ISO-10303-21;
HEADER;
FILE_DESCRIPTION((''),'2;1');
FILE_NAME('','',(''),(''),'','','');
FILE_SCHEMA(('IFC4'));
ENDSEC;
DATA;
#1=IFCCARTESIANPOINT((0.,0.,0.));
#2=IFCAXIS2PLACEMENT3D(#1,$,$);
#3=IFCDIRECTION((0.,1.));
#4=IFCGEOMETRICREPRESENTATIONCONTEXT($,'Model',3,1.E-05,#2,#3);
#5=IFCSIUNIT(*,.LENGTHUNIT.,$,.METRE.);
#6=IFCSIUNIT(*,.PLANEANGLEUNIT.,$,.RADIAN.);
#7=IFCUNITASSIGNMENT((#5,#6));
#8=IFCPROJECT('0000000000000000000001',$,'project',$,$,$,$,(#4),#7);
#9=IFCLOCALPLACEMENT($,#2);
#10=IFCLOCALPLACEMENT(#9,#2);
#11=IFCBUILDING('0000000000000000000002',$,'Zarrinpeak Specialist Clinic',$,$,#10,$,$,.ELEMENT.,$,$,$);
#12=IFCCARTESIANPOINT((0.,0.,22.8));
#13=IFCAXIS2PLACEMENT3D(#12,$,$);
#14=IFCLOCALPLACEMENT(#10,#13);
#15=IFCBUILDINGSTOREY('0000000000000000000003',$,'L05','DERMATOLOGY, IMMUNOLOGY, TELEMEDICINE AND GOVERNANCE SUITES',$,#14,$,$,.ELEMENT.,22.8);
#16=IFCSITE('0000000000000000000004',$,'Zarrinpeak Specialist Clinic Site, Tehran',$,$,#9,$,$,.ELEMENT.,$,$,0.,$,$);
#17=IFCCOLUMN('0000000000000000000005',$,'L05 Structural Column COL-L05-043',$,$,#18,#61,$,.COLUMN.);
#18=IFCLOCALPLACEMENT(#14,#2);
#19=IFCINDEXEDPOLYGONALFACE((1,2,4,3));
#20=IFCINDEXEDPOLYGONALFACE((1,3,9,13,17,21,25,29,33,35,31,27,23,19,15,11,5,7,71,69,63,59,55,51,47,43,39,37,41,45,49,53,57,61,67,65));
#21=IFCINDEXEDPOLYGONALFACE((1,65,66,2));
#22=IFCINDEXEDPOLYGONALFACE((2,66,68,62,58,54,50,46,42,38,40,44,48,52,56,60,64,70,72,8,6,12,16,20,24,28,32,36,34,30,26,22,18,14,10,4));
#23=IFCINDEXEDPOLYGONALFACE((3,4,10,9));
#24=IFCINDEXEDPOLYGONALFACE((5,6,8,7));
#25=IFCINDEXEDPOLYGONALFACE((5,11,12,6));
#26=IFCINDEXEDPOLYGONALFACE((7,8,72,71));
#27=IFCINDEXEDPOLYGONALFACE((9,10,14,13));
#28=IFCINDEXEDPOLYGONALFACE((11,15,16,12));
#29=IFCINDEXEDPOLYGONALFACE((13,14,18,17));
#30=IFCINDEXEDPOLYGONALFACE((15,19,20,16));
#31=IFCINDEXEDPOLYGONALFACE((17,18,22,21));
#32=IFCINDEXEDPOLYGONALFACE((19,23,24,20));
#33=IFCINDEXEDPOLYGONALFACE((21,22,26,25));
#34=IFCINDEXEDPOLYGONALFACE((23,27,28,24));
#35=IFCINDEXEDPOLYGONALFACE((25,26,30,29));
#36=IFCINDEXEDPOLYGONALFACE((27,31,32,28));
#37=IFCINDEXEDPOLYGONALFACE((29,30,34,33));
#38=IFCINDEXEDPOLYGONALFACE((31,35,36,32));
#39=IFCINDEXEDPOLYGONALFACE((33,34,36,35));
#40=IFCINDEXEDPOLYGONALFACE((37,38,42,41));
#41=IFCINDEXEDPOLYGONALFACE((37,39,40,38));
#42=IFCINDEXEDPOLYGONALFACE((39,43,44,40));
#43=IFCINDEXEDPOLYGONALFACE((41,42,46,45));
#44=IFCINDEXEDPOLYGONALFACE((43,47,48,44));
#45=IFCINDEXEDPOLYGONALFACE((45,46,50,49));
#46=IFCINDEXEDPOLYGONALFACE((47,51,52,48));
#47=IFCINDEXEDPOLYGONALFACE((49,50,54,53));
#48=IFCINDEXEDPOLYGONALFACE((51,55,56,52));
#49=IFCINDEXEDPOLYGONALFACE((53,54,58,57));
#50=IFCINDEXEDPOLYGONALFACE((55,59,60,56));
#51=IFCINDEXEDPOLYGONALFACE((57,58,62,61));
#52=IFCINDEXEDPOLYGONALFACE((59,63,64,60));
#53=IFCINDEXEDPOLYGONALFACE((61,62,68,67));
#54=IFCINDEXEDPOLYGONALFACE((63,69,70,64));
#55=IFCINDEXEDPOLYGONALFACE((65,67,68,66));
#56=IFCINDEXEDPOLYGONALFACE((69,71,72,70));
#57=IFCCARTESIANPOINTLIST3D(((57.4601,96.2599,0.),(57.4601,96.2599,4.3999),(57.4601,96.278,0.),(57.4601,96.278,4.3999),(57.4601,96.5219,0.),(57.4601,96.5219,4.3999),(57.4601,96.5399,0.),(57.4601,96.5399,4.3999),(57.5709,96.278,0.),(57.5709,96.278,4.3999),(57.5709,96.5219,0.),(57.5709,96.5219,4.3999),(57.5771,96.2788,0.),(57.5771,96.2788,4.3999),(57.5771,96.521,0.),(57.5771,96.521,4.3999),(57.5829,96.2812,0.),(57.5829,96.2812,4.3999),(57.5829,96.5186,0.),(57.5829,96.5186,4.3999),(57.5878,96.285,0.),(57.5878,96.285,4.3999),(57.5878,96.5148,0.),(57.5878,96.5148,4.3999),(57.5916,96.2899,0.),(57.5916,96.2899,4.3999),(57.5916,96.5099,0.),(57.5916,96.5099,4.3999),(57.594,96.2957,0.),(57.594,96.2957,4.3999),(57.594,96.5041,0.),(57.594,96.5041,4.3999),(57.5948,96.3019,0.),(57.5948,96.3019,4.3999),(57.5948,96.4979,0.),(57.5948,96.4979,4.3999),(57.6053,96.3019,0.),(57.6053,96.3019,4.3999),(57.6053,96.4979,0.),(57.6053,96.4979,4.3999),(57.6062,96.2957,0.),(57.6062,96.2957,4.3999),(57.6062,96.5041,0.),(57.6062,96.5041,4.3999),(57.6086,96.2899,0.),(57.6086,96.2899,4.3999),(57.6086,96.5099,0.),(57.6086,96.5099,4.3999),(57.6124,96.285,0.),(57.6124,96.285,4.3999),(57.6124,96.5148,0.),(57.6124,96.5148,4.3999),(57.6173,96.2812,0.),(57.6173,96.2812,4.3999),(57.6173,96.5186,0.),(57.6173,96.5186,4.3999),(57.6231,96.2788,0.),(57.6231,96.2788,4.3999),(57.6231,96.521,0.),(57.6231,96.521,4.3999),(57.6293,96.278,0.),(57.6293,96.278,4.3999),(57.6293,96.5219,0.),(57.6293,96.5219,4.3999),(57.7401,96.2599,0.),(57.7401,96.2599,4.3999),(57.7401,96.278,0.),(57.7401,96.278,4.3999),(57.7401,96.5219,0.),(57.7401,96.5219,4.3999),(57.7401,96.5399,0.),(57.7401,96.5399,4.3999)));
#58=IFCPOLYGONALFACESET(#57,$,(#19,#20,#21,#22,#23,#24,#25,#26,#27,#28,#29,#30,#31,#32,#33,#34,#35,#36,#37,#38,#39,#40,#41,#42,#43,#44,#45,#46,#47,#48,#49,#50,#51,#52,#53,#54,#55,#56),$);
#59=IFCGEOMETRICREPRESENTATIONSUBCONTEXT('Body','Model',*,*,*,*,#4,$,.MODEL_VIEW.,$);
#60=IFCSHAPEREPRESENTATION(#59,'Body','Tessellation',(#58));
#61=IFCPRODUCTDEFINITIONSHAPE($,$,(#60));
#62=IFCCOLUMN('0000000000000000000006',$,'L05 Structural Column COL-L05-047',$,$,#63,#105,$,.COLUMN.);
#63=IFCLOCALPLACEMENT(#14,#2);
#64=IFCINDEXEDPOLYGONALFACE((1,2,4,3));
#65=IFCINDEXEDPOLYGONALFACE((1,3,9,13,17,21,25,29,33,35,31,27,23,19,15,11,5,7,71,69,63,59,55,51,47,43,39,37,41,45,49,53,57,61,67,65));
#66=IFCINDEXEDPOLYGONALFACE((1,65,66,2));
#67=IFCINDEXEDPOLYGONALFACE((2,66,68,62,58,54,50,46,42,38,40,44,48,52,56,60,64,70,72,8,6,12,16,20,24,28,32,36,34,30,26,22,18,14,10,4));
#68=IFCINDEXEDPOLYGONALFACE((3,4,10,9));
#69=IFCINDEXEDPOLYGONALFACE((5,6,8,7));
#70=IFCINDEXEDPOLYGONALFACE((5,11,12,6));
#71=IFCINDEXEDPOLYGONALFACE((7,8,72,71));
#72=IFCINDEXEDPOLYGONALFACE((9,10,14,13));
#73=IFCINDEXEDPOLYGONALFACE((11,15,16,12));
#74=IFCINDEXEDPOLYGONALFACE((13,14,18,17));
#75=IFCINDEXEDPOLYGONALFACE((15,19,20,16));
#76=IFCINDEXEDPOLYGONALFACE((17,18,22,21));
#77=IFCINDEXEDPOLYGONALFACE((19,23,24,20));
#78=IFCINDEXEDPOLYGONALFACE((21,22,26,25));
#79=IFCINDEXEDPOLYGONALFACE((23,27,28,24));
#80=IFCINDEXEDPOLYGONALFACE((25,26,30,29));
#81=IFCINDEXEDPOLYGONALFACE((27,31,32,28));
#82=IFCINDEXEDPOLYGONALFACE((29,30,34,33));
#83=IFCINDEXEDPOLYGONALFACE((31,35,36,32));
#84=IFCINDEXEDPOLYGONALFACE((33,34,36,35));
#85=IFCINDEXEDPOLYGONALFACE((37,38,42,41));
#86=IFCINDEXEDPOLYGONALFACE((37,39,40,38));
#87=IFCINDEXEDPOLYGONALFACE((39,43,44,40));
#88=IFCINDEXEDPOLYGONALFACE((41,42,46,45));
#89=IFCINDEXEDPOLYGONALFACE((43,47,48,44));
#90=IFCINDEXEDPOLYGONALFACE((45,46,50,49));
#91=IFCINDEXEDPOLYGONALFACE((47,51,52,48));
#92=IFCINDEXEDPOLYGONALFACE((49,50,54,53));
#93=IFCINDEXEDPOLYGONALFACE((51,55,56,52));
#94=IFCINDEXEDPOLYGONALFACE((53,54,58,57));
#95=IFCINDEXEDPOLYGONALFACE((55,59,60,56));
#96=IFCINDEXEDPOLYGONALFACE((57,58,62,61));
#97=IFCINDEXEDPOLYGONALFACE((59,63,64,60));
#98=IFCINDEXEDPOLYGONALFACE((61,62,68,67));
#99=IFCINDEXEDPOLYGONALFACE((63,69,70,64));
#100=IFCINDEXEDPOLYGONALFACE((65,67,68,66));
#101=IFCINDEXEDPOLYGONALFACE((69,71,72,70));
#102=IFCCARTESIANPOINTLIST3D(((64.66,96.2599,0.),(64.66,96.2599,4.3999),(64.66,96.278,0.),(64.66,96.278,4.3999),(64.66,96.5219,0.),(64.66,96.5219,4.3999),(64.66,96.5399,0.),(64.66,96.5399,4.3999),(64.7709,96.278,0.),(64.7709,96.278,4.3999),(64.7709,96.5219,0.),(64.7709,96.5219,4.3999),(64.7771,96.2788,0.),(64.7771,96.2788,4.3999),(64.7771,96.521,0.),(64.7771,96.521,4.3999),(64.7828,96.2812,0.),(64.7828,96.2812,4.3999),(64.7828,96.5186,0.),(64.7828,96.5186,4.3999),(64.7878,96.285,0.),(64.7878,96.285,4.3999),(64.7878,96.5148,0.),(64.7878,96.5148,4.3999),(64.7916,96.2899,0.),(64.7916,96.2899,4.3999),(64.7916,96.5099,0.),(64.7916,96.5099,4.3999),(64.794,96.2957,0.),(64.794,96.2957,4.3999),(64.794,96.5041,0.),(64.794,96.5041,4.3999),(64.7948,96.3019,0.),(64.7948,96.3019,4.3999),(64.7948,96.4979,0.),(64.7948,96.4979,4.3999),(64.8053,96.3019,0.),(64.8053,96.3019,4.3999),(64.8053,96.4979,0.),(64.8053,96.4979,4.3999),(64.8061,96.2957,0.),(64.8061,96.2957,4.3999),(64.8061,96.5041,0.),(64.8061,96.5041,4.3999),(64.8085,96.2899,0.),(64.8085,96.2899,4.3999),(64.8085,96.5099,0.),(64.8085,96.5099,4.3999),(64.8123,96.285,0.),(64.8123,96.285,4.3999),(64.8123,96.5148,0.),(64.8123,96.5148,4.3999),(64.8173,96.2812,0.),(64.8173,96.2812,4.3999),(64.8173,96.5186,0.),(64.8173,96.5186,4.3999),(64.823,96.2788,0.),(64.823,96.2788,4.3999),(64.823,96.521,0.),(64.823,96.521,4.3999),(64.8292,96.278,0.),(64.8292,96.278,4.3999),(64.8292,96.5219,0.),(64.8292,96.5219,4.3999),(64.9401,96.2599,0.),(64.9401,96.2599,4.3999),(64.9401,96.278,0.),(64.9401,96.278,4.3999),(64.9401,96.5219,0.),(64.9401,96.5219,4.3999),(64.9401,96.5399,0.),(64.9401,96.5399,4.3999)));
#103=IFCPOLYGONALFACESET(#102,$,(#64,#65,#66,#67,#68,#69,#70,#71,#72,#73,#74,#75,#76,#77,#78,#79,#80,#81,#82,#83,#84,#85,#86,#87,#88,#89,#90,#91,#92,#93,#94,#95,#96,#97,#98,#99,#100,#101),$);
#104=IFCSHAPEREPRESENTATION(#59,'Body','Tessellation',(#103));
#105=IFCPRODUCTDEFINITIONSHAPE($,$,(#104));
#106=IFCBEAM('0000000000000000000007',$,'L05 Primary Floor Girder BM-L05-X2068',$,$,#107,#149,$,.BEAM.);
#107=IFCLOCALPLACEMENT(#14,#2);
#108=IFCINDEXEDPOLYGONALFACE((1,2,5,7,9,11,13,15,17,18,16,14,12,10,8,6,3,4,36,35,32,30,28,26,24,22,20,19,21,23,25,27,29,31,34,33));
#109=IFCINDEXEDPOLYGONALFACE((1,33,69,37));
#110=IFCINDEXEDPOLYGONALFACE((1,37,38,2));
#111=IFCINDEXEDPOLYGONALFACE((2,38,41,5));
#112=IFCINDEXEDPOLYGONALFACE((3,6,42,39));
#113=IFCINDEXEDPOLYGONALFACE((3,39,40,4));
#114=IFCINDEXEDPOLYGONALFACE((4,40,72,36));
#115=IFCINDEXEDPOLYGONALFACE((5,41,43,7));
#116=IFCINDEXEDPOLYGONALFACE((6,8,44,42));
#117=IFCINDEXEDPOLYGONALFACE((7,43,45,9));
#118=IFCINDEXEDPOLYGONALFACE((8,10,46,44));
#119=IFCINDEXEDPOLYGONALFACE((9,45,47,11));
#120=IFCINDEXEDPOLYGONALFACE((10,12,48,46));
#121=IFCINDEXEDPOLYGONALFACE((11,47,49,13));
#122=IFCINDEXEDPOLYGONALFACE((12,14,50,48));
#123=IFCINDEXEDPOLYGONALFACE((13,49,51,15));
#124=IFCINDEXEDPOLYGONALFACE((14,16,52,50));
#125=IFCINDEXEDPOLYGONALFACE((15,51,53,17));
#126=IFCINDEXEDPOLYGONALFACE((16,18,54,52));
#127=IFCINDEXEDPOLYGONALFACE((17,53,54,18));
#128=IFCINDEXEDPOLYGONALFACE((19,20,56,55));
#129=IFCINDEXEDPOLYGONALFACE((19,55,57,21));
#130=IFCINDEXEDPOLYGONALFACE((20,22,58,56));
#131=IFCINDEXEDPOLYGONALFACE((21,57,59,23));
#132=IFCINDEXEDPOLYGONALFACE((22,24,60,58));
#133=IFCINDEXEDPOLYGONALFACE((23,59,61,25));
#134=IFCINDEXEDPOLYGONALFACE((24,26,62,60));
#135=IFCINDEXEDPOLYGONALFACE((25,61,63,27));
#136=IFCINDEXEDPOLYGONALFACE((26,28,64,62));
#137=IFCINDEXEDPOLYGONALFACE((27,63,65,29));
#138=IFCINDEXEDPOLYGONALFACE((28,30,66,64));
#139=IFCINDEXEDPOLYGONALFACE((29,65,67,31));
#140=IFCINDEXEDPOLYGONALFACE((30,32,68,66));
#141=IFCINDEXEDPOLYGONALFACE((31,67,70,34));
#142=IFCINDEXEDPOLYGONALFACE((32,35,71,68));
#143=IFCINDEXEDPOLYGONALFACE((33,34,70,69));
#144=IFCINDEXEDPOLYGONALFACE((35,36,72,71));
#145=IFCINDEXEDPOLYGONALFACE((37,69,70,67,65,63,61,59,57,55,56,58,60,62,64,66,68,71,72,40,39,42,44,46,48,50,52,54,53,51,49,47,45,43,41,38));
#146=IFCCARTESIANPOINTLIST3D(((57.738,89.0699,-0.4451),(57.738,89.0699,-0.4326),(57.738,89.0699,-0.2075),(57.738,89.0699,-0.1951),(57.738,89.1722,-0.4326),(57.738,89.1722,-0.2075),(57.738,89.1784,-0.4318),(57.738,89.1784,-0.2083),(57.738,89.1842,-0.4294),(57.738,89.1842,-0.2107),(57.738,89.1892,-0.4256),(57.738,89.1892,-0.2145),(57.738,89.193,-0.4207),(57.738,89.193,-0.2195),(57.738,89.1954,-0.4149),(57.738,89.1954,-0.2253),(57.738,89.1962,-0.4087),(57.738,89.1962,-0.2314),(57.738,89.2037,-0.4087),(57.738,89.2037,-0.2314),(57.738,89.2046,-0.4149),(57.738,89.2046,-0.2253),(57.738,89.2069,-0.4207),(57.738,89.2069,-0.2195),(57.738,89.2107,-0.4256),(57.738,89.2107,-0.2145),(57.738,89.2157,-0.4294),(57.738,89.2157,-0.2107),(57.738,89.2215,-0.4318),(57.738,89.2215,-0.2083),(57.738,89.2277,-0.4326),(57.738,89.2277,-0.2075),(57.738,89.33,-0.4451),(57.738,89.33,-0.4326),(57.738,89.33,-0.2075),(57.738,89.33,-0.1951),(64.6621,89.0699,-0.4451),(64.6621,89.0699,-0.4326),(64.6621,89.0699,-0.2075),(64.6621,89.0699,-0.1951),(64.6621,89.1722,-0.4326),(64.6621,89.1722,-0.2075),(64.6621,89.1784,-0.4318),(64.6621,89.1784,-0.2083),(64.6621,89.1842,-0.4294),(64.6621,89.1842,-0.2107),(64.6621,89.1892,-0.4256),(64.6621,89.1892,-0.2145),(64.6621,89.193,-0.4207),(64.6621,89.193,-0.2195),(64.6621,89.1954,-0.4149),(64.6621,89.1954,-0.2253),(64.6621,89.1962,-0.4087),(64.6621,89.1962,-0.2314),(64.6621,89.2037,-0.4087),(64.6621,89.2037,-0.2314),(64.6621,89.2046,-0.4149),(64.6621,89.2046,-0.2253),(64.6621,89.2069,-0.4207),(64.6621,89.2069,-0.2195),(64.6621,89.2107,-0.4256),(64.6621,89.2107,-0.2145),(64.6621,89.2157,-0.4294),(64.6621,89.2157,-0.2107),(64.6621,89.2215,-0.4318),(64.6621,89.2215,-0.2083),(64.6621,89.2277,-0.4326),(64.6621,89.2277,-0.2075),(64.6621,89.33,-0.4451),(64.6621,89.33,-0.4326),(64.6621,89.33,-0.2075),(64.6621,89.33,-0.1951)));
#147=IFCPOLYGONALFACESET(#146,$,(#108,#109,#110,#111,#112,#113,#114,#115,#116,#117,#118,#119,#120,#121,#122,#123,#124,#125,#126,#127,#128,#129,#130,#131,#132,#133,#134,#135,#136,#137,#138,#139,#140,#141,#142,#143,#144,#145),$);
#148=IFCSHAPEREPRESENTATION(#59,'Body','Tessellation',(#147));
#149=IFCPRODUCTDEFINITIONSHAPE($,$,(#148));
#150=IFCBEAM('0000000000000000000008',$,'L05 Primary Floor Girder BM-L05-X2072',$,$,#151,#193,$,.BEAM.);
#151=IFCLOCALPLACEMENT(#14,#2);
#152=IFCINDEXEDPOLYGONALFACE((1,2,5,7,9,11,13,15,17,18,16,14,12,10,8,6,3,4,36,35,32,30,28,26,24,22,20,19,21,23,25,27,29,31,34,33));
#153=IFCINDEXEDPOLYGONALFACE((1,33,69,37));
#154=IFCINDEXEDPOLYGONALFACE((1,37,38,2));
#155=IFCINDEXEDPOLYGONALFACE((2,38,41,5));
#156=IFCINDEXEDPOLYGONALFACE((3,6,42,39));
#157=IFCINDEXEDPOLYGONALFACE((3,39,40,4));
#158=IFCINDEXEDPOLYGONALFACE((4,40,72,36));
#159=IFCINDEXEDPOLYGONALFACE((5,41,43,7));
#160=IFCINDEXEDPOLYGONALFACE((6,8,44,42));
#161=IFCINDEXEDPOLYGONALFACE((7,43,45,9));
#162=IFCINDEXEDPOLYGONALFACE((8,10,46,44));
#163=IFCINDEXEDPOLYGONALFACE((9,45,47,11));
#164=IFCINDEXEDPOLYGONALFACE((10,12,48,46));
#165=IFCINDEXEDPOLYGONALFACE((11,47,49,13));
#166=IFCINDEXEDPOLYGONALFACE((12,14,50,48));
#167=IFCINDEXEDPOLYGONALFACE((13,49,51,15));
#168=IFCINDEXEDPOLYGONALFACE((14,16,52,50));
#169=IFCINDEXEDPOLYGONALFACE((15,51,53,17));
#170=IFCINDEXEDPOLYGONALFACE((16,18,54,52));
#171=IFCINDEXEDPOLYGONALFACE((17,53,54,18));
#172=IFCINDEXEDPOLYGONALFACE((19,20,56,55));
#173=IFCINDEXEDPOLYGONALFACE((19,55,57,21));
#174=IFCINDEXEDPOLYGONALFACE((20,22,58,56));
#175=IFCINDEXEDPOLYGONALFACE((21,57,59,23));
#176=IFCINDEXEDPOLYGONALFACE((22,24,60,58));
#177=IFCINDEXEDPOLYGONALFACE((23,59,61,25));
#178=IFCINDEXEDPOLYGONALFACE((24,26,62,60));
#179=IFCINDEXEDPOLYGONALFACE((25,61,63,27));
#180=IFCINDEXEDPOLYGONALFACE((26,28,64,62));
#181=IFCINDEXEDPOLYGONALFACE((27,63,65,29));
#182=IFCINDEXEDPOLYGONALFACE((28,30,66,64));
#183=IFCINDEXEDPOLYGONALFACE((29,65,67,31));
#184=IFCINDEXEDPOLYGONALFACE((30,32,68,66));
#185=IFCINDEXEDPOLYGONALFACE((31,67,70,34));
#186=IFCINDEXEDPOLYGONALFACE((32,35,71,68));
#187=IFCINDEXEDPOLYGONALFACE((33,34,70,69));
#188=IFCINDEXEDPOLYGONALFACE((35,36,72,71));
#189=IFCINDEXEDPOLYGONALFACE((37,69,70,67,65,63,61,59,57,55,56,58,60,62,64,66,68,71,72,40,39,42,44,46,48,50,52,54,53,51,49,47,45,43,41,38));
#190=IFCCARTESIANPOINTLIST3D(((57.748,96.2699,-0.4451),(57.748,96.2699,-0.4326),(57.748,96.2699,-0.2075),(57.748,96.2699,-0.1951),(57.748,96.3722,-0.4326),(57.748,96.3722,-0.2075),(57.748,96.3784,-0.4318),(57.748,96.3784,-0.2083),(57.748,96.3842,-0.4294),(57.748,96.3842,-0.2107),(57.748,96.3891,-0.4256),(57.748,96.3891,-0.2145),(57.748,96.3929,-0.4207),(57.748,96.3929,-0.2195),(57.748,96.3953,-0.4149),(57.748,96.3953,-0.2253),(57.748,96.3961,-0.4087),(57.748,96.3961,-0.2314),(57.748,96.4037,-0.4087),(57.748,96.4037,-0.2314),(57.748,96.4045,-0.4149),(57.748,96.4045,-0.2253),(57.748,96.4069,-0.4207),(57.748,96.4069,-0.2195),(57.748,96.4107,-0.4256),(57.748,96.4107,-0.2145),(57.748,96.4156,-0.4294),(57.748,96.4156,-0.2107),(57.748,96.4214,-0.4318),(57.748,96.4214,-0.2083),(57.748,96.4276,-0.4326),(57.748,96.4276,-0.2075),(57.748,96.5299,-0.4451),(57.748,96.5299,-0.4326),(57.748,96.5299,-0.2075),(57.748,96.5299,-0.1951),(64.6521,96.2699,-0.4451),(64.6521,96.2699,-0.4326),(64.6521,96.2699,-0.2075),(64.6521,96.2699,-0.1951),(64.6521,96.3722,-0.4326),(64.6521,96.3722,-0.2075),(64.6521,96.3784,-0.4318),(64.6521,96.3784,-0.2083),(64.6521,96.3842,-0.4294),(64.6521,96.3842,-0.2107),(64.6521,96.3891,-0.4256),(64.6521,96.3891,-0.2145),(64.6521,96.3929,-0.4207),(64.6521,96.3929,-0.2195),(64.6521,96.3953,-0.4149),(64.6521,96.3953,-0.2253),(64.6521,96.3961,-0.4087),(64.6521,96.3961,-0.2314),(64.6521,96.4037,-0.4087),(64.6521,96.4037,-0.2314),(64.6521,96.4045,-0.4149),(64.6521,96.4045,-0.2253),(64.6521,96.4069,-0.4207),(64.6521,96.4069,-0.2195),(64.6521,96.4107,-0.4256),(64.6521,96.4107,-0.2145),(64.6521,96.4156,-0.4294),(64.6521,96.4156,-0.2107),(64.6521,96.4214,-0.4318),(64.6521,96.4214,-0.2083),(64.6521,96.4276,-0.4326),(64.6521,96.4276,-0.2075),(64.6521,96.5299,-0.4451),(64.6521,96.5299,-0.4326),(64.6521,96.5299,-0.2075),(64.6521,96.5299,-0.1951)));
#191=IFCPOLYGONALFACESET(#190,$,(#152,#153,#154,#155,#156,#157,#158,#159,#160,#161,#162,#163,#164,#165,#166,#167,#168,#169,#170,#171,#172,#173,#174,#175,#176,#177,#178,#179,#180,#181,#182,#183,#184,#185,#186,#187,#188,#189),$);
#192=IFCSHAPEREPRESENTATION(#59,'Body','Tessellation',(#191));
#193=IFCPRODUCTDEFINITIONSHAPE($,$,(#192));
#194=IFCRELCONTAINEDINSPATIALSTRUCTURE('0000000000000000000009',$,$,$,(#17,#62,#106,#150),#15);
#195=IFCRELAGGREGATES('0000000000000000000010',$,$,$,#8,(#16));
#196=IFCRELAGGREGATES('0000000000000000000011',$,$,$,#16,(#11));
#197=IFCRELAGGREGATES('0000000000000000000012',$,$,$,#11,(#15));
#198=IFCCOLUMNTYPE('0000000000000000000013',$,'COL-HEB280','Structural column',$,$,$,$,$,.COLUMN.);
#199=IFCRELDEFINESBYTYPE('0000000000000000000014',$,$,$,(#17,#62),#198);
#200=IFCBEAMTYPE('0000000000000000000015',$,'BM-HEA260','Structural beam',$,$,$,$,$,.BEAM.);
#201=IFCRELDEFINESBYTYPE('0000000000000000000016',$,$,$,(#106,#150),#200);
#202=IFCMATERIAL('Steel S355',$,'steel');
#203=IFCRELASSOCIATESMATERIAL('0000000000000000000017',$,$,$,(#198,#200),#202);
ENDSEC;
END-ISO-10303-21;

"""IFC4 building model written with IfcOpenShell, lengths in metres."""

from ifc_helpers import new_model, si_unit, direction, frame, origin, origin_2d, place, context, subcontext, project, spatial, i_section, extrude, material, material_profile, profile_set, type_object, element, save


model = new_model("IFC4")

# Units and contexts
model_context = context("Model", 3, precision=1e-05, world=origin(), true_north=direction((0.0, 1.0)))
body_context = subcontext(model_context, "Body", "Model", "MODEL_VIEW")
ifc_project = project(units=[si_unit("LENGTHUNIT", "METRE"), si_unit("PLANEANGLEUNIT", "RADIAN")], contexts=[model_context])

# Site, building, storey
site_placement = place(None, origin())
site = spatial("IfcSite", under=ifc_project, at=site_placement, Name="Zarrinpeak Specialist Clinic Site, Tehran", CompositionType="ELEMENT", RefElevation=0.0)
building_placement = place(site_placement, origin())
building = spatial("IfcBuilding", under=site, at=building_placement, Name="Zarrinpeak Specialist Clinic", CompositionType="ELEMENT")
storey_placement = place(building_placement, frame((0.0, 0.0, 22.8)))
storey = spatial("IfcBuildingStorey", under=building, at=storey_placement, Name="L05", Description="DERMATOLOGY, IMMUNOLOGY, TELEMEDICINE AND GOVERNANCE SUITES", CompositionType="ELEMENT", Elevation=22.8)

# Columns
ifc_material_1 = material(Name="Steel S355", Category="steel")
ifc_material_profile_1 = material_profile(ifc_material_1, i_section(OverallWidth=0.28, OverallDepth=0.28, WebThickness=0.0105, FlangeThickness=0.0181, FilletRadius=0.0239, at=origin_2d()), Name="HEB 280")
ifc_profile_set_1 = profile_set([ifc_material_profile_1], Name="Steel S355")
column_type = type_object("IfcColumnType", Name="COL-HEB280", Description="Structural column", PredefinedType="COLUMN", material=ifc_profile_set_1)
for number, where, z_axis, x_axis, name in (
    (1, (57.6001, 96.3999, 0.0), (0.0, 0.0, 1.0), (1.0, 0.0, 0.0), "L05 Structural Column COL-L05-043"),
    (2, (64.8, 96.3999, 0.0), (0.0, 0.0, 1.0), (1.0, 0.0, 0.0), "L05 Structural Column COL-L05-047"),
):
    element("IfcColumn", number, at=place(storey_placement, frame(where, z_axis=z_axis, x_axis=x_axis)), inside=storey, type_object=column_type, Name=name, PredefinedType="COLUMN", context=body_context, shape_type="SweptSolid", body=[
        extrude(i_section(OverallWidth=0.28, OverallDepth=0.28, WebThickness=0.0105, FlangeThickness=0.0181, FilletRadius=0.0239, at=origin_2d()), origin(), (0.0, 0.0, 1.0), 4.3999),
    ])

# Beams
ifc_material_profile_2 = material_profile(ifc_material_1, i_section(OverallWidth=0.26, OverallDepth=0.25, WebThickness=0.0076, FlangeThickness=0.0125, FilletRadius=0.0239, at=origin_2d()), Name="HEA 260")
ifc_profile_set_2 = profile_set([ifc_material_profile_2], Name="Steel S355")
beam_type_1 = type_object("IfcBeamType", Name="BM-HEA260", Description="Structural beam", PredefinedType="BEAM", material=ifc_profile_set_2)
beam_1_placement = place(storey_placement, frame((57.738, 89.2, -0.3201), z_axis=(1.0, 0.0, 0.0), x_axis=(0.0, 1.0, 0.0)))
element("IfcBeam", 3, at=beam_1_placement, inside=storey, type_object=beam_type_1, Name="L05 Primary Floor Girder BM-L05-X2068", PredefinedType="BEAM", context=body_context, shape_type="SweptSolid", body=[
    extrude(i_section(OverallWidth=0.26, OverallDepth=0.25, WebThickness=0.0076, FlangeThickness=0.0125, FilletRadius=0.0239, at=origin_2d()), origin(), (0.0, 0.0, 1.0), 6.9241),
])
beam_2_placement = place(storey_placement, frame((57.748, 96.3999, -0.3201), z_axis=(1.0, 0.0, 0.0), x_axis=(0.0, 1.0, 0.0)))
element("IfcBeam", 4, at=beam_2_placement, inside=storey, type_object=beam_type_1, Name="L05 Primary Floor Girder BM-L05-X2072", PredefinedType="BEAM", context=body_context, shape_type="SweptSolid", body=[
    extrude(i_section(OverallWidth=0.26, OverallDepth=0.25, WebThickness=0.0076, FlangeThickness=0.0125, FilletRadius=0.0239, at=origin_2d()), origin(), (0.0, 0.0, 1.0), 6.9041),
])

save(model, "model.ifc")
